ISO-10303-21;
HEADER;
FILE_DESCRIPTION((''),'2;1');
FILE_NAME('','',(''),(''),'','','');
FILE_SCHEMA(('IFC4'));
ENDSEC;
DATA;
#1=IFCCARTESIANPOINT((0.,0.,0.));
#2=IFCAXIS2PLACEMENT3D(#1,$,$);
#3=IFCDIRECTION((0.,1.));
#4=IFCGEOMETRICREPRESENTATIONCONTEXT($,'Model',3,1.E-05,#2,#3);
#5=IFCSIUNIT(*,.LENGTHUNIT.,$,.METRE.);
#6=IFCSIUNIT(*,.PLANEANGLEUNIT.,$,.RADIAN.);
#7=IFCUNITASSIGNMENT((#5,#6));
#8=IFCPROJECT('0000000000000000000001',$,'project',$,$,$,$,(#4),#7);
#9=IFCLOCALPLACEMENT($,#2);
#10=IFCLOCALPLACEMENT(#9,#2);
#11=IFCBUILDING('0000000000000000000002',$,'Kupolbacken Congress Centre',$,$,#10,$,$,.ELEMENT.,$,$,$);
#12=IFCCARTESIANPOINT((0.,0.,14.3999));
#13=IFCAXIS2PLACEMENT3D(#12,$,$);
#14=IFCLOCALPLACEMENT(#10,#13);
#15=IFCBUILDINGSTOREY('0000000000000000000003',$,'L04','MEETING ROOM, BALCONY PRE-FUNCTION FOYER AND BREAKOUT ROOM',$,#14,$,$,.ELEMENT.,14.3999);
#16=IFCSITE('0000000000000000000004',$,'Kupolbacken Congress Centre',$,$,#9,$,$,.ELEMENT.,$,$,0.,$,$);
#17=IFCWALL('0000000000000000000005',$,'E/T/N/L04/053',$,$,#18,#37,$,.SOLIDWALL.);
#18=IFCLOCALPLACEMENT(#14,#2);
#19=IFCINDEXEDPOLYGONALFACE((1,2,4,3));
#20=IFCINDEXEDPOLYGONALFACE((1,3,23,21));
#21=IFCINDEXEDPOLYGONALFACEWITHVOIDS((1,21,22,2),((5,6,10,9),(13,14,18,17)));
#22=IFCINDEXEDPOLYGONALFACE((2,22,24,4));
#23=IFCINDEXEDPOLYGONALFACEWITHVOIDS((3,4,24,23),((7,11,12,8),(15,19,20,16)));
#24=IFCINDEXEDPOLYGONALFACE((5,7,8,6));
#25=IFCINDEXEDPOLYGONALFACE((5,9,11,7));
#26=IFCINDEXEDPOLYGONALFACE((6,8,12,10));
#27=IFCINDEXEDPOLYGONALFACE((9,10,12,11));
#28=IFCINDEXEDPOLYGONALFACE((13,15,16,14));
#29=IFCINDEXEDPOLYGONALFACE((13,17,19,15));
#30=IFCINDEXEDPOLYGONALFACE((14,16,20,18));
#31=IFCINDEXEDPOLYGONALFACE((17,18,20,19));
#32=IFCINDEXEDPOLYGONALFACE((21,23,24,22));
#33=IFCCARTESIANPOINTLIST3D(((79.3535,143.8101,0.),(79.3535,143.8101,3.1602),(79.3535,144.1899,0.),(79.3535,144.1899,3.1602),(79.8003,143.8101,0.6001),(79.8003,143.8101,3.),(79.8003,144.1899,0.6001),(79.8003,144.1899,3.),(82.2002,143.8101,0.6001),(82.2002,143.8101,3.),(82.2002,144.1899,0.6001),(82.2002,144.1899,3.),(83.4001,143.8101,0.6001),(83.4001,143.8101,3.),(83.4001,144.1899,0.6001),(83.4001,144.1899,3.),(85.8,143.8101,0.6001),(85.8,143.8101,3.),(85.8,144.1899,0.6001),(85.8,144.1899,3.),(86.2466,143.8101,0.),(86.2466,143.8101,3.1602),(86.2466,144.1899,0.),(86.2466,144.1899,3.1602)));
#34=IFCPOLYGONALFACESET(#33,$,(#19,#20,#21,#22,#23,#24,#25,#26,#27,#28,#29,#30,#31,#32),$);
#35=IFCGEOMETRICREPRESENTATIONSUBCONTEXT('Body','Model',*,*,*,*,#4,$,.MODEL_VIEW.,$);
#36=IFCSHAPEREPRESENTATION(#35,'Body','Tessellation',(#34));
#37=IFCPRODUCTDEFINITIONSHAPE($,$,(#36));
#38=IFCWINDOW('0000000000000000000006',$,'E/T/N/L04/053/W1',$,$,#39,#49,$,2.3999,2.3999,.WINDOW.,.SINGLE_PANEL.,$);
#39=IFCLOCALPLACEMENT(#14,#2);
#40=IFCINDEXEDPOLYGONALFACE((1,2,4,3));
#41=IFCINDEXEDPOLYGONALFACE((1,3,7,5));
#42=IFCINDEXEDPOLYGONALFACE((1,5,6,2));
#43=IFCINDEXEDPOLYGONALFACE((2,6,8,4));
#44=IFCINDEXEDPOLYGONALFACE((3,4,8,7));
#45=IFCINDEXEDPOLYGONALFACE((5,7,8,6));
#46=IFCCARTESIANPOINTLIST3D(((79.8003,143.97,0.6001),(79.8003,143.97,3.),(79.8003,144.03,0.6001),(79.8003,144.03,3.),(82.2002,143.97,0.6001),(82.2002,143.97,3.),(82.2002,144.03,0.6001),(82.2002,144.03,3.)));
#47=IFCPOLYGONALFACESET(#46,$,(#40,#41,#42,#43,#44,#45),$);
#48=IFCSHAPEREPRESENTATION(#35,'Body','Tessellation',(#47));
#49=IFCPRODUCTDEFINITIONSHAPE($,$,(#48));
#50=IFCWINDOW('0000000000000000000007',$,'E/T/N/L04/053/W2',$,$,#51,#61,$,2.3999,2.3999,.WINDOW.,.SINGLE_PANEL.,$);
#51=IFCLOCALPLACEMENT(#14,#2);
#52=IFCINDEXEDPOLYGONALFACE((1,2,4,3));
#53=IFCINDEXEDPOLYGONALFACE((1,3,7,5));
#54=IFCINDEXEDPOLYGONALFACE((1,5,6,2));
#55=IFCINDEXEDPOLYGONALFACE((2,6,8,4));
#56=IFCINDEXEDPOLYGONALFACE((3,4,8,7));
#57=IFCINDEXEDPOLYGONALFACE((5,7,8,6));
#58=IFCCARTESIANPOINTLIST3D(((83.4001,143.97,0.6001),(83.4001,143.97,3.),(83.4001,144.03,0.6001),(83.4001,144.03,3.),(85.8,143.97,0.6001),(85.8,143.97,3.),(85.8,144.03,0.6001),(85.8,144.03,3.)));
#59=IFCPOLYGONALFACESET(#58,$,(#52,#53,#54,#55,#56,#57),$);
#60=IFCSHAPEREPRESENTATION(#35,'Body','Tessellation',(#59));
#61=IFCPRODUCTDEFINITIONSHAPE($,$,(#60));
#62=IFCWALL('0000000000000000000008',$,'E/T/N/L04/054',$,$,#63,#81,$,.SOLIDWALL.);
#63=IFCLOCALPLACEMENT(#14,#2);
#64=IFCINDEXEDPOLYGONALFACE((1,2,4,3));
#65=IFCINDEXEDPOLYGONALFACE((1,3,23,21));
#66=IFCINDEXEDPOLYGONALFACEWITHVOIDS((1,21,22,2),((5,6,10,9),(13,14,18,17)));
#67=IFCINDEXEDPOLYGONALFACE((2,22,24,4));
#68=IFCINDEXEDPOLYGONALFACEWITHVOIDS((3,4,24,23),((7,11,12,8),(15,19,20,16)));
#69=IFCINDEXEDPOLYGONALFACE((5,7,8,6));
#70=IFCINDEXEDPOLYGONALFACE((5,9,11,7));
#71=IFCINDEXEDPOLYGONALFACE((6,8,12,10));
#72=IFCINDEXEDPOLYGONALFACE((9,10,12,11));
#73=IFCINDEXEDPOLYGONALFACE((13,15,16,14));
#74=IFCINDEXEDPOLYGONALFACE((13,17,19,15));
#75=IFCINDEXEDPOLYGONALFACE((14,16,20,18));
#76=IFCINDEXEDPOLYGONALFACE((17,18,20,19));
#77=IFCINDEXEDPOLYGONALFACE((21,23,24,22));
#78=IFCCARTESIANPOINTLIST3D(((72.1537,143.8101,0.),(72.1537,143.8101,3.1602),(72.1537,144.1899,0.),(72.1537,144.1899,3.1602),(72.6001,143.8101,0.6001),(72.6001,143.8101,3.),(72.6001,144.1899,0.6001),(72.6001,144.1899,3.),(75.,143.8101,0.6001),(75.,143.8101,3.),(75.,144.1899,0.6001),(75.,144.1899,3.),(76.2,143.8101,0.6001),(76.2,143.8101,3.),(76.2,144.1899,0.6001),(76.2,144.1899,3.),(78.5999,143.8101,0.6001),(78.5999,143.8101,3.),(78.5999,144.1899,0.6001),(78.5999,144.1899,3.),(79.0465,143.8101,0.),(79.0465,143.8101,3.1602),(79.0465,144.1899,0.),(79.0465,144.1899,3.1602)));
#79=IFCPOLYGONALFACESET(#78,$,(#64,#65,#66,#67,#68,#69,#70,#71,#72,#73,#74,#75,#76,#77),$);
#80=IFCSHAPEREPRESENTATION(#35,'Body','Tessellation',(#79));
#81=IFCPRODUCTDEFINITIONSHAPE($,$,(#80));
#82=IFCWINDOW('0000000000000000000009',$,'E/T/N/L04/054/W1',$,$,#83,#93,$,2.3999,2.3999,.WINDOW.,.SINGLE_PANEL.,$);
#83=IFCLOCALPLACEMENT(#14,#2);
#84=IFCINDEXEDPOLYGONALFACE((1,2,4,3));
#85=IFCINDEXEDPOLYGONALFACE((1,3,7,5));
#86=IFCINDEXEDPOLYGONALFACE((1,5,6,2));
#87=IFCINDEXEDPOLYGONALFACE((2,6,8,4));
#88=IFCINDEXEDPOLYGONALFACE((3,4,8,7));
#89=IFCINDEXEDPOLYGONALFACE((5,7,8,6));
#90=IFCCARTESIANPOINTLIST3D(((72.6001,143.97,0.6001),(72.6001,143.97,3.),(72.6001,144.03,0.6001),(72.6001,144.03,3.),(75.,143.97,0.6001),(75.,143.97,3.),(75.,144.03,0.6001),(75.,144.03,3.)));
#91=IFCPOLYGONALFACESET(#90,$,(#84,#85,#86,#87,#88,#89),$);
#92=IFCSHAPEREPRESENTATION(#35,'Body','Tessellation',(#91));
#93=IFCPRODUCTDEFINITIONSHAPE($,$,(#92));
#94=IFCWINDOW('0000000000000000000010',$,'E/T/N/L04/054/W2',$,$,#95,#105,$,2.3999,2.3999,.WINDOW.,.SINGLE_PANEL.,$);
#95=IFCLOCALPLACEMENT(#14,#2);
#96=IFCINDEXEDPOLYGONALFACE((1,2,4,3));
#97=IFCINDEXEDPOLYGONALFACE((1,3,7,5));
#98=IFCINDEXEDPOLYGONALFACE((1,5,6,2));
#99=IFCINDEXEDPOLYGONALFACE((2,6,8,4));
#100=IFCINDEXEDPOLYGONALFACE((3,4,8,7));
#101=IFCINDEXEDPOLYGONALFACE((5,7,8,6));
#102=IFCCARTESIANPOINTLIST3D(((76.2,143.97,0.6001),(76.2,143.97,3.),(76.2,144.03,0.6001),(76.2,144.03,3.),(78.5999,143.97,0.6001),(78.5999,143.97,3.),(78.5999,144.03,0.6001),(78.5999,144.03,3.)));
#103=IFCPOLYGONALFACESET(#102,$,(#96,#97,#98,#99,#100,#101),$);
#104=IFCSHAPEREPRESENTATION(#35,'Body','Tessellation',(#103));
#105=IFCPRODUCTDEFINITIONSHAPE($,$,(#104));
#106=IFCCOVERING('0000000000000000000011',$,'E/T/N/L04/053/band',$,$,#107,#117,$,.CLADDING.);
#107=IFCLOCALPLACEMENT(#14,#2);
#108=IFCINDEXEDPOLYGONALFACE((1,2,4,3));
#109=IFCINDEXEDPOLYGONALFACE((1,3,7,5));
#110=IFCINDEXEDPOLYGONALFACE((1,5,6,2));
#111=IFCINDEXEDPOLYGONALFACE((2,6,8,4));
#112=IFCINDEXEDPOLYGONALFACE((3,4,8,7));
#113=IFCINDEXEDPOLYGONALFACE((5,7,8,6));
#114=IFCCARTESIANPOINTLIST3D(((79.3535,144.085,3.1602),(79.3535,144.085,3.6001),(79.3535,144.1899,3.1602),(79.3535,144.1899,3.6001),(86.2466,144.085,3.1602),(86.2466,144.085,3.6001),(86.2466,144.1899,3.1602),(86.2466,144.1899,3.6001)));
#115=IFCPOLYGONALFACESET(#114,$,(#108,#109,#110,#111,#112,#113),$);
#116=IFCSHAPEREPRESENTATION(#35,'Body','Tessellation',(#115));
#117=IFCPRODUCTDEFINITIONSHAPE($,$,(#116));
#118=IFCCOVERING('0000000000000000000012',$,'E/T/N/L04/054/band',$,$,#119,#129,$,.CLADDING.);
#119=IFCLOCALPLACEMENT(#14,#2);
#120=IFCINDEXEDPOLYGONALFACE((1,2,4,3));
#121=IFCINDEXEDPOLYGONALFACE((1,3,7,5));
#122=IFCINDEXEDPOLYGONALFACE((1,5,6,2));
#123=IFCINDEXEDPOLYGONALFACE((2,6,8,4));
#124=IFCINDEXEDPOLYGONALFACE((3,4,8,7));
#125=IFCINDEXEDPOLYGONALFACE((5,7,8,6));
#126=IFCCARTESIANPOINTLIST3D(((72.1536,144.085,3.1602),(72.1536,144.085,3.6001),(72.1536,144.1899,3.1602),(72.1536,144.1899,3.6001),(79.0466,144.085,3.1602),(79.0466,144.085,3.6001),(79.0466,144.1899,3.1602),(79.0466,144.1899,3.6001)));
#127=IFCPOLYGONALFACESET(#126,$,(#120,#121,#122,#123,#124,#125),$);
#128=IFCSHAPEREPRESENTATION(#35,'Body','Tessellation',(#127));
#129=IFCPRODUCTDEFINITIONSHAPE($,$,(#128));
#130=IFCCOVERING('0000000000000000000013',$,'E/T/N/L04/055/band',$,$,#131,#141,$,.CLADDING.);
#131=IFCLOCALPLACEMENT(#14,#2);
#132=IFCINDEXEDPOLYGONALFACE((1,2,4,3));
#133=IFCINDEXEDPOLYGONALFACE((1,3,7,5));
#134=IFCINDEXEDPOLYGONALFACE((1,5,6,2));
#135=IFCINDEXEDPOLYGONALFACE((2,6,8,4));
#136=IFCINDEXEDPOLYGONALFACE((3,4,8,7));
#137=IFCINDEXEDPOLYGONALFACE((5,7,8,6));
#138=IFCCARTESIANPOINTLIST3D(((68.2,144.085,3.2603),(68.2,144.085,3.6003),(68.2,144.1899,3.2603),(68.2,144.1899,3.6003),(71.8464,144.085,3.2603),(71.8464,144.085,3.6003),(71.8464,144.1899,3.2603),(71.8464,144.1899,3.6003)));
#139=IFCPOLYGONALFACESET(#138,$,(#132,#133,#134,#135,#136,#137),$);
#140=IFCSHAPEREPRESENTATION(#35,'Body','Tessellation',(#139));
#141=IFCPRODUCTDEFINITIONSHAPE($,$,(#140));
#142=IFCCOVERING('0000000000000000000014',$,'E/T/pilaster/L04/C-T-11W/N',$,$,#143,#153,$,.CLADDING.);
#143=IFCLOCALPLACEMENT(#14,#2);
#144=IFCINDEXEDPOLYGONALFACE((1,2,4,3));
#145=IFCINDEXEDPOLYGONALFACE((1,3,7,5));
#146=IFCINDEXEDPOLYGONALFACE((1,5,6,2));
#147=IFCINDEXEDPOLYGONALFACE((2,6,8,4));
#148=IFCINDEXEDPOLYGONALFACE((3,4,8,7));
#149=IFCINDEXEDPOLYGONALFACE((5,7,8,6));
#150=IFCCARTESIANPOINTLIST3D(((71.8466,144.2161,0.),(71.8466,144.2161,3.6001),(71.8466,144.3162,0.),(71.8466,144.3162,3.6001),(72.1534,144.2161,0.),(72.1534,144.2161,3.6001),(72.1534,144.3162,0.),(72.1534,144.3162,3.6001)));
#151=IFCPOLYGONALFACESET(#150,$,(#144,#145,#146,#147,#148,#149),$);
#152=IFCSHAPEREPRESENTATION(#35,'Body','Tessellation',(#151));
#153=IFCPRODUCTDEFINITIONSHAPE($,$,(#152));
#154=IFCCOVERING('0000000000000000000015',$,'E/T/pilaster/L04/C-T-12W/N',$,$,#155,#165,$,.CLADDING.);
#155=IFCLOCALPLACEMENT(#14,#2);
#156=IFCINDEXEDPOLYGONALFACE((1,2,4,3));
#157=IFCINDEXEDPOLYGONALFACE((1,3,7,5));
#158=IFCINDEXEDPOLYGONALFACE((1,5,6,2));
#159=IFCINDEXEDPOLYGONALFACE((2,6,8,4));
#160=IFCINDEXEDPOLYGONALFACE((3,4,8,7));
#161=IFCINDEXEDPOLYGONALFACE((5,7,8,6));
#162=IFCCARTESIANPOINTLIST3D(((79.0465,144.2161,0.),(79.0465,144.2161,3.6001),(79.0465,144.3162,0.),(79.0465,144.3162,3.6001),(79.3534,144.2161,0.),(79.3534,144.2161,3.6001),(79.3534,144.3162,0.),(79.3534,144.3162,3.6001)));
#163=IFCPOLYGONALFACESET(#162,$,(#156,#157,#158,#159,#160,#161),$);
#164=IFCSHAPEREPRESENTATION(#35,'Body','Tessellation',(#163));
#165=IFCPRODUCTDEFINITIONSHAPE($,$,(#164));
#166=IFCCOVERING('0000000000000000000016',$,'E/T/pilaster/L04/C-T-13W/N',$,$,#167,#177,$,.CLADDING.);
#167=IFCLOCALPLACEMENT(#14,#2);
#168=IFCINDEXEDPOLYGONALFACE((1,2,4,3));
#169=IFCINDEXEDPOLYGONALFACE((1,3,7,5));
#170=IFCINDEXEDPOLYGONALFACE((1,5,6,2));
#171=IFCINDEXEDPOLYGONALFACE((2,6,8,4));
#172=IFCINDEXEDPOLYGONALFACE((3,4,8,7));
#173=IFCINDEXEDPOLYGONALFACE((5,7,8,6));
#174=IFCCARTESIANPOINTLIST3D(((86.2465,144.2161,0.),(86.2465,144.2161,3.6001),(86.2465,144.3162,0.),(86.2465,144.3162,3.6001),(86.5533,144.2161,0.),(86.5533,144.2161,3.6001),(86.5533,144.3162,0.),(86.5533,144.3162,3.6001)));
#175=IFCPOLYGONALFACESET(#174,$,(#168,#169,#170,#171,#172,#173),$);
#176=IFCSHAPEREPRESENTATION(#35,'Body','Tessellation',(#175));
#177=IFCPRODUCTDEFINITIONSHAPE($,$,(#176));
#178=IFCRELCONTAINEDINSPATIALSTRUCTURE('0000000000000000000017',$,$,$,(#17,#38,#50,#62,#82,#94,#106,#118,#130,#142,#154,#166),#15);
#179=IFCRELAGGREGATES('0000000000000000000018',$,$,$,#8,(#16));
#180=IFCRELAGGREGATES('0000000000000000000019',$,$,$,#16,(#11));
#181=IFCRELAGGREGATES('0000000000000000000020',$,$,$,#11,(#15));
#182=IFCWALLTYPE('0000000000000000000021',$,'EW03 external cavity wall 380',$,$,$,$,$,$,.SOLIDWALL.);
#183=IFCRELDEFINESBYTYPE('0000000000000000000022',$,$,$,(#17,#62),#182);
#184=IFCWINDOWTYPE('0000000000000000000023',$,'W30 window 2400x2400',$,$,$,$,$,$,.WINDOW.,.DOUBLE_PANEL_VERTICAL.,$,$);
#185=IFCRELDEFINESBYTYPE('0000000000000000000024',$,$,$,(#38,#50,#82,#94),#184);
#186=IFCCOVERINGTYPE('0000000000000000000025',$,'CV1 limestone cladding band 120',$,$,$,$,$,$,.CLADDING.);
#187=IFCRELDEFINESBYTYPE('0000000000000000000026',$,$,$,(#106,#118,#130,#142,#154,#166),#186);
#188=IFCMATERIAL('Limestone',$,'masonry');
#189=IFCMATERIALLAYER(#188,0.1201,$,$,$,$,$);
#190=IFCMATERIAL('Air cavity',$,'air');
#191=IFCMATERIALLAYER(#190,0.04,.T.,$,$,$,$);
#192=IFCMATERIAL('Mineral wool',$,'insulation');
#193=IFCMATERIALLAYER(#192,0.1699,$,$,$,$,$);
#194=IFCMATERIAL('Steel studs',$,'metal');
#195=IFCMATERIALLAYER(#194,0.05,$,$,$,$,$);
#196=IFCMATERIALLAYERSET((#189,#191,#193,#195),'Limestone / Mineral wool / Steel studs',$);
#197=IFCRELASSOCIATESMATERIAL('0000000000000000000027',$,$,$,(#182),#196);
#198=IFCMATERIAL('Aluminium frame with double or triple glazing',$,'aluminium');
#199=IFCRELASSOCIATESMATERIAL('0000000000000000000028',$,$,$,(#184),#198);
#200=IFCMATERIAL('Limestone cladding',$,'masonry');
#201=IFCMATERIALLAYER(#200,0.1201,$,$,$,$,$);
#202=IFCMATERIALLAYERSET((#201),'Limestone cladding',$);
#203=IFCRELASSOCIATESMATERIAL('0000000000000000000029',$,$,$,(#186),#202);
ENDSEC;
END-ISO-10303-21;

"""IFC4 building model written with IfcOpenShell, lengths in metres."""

from ifc_helpers import new_model, si_unit, direction, frame, frame_2d, origin, origin_2d, place, context, subcontext, project, spatial, rectangle, extrude, material, layer, layer_set, type_object, element, fill, save


model = new_model("IFC4")

# Units and contexts
model_context = context("Model", 3, precision=1e-05, world=origin(), true_north=direction((0.0, 1.0)))
body_context = subcontext(model_context, "Body", "Model", "MODEL_VIEW")
ifc_project = project(units=[si_unit("LENGTHUNIT", "METRE"), si_unit("PLANEANGLEUNIT", "RADIAN")], contexts=[model_context])

# Site, building, storey
site_placement = place(None, origin())
site = spatial("IfcSite", under=ifc_project, at=site_placement, Name="Kupolbacken Congress Centre", CompositionType="ELEMENT", RefElevation=0.0)
building_placement = place(site_placement, origin())
building = spatial("IfcBuilding", under=site, at=building_placement, Name="Kupolbacken Congress Centre", CompositionType="ELEMENT")
storey_placement = place(building_placement, frame((0.0, 0.0, 14.3999)))
storey = spatial("IfcBuildingStorey", under=building, at=storey_placement, Name="L04", Description="MEETING ROOM, BALCONY PRE-FUNCTION FOYER AND BREAKOUT ROOM", CompositionType="ELEMENT", Elevation=14.3999)

# Walls, openings, windows
ifc_material_1 = material(Name="Limestone", Category="masonry")
ifc_layer_1 = layer(ifc_material_1, 0.1201)
ifc_material_2 = material(Name="Air cavity", Category="air")
ifc_layer_2 = layer(ifc_material_2, 0.04, ventilated=True)
ifc_material_3 = material(Name="Mineral wool", Category="insulation")
ifc_layer_3 = layer(ifc_material_3, 0.1699)
ifc_material_4 = material(Name="Steel studs", Category="metal")
ifc_layer_4 = layer(ifc_material_4, 0.05)
ifc_layer_set_1 = layer_set([ifc_layer_1, ifc_layer_2, ifc_layer_3, ifc_layer_4], Name="Limestone / Mineral wool / Steel studs")
wall_type = type_object("IfcWallType", Name="EW03 external cavity wall 380", PredefinedType="SOLIDWALL", material=ifc_layer_set_1)
wall_1_placement = place(storey_placement, frame((86.2466, 144.0, 0.0), z_axis=(0.0, 0.0, 1.0), x_axis=(-1.0, 0.0, 0.0)))
wall_1 = element("IfcWall", 1, at=wall_1_placement, inside=storey, type_object=wall_type, Name="E/T/N/L04/053", PredefinedType="SOLIDWALL", context=body_context, shape_type="SweptSolid", body=[
    extrude(rectangle(XDim=6.8931, YDim=0.3799, at=frame_2d((3.4465, 0.0))), origin(), (0.0, 0.0, 1.0), 3.1602),
])
opening_1_placement = place(wall_1_placement, frame((4.0464, 0.0, 0.6001)))
opening_1 = element("IfcOpeningElement", 2, at=opening_1_placement, cuts=wall_1, PredefinedType="OPENING", context=body_context, shape_type="SweptSolid", body=[
    extrude(rectangle(XDim=2.3999, YDim=2.3999, at=frame_2d((1.2, 1.2))), frame((0.0, 0.2, 0.0), z_axis=(0.0, -1.0, 0.0), x_axis=(1.0, 0.0, 0.0)), (0.0, 0.0, 1.0), 0.3999),
])
opening_2_placement = place(wall_1_placement, frame((0.4465, 0.0, 0.6001)))
opening_2 = element("IfcOpeningElement", 3, at=opening_2_placement, cuts=wall_1, PredefinedType="OPENING", context=body_context, shape_type="SweptSolid", body=[
    extrude(rectangle(XDim=2.3999, YDim=2.3999, at=frame_2d((1.2, 1.2))), frame((0.0, 0.2, 0.0), z_axis=(0.0, -1.0, 0.0), x_axis=(1.0, 0.0, 0.0)), (0.0, 0.0, 1.0), 0.3999),
])
ifc_material_5 = material(Name="Aluminium frame with double or triple glazing", Category="aluminium")
window_type = type_object("IfcWindowType", Name="W30 window 2400x2400", PartitioningType="DOUBLE_PANEL_VERTICAL", PredefinedType="WINDOW", material=ifc_material_5)
window_1_placement = place(opening_1_placement, origin())
window_1 = element("IfcWindow", 4, at=window_1_placement, inside=storey, type_object=window_type, Name="E/T/N/L04/053/W1", OverallHeight=2.3999, OverallWidth=2.3999, PartitioningType="SINGLE_PANEL", PredefinedType="WINDOW", context=body_context, shape_type="SweptSolid", body=[
    extrude(rectangle(XDim=2.3999, YDim=2.3999, at=frame_2d((1.2, 1.2))), frame((0.0, 0.03, 0.0), z_axis=(0.0, -1.0, 0.0), x_axis=(1.0, 0.0, 0.0)), (0.0, 0.0, 1.0), 0.0601),
])
fill(opening_1, window_1)
window_2_placement = place(opening_2_placement, origin())
window_2 = element("IfcWindow", 5, at=window_2_placement, inside=storey, type_object=window_type, Name="E/T/N/L04/053/W2", OverallHeight=2.3999, OverallWidth=2.3999, PartitioningType="SINGLE_PANEL", PredefinedType="WINDOW", context=body_context, shape_type="SweptSolid", body=[
    extrude(rectangle(XDim=2.3999, YDim=2.3999, at=frame_2d((1.2, 1.2))), frame((0.0, 0.03, 0.0), z_axis=(0.0, -1.0, 0.0), x_axis=(1.0, 0.0, 0.0)), (0.0, 0.0, 1.0), 0.0601),
])
fill(opening_2, window_2)
wall_2_placement = place(storey_placement, frame((79.0464, 144.0, 0.0), z_axis=(0.0, 0.0, 1.0), x_axis=(-1.0, 0.0, 0.0)))
wall_2 = element("IfcWall", 6, at=wall_2_placement, inside=storey, type_object=wall_type, Name="E/T/N/L04/054", PredefinedType="SOLIDWALL", context=body_context, shape_type="SweptSolid", body=[
    extrude(rectangle(XDim=6.8928, YDim=0.3799, at=frame_2d((3.4463, 0.0))), origin(), (0.0, 0.0, 1.0), 3.1602),
])
opening_3_placement = place(wall_2_placement, frame((4.0464, 0.0, 0.6001)))
opening_3 = element("IfcOpeningElement", 7, at=opening_3_placement, cuts=wall_2, PredefinedType="OPENING", context=body_context, shape_type="SweptSolid", body=[
    extrude(rectangle(XDim=2.3999, YDim=2.3999, at=frame_2d((1.2, 1.2))), frame((0.0, 0.2, 0.0), z_axis=(0.0, -1.0, 0.0), x_axis=(1.0, 0.0, 0.0)), (0.0, 0.0, 1.0), 0.3999),
])
opening_4_placement = place(wall_2_placement, frame((0.4465, 0.0, 0.6001)))
opening_4 = element("IfcOpeningElement", 8, at=opening_4_placement, cuts=wall_2, PredefinedType="OPENING", context=body_context, shape_type="SweptSolid", body=[
    extrude(rectangle(XDim=2.3999, YDim=2.3999, at=frame_2d((1.2, 1.2))), frame((0.0, 0.2, 0.0), z_axis=(0.0, -1.0, 0.0), x_axis=(1.0, 0.0, 0.0)), (0.0, 0.0, 1.0), 0.3999),
])
window_3_placement = place(opening_3_placement, origin())
window_3 = element("IfcWindow", 9, at=window_3_placement, inside=storey, type_object=window_type, Name="E/T/N/L04/054/W1", OverallHeight=2.3999, OverallWidth=2.3999, PartitioningType="SINGLE_PANEL", PredefinedType="WINDOW", context=body_context, shape_type="SweptSolid", body=[
    extrude(rectangle(XDim=2.3999, YDim=2.3999, at=frame_2d((1.2, 1.2))), frame((0.0, 0.03, 0.0), z_axis=(0.0, -1.0, 0.0), x_axis=(1.0, 0.0, 0.0)), (0.0, 0.0, 1.0), 0.0601),
])
fill(opening_3, window_3)
window_4_placement = place(opening_4_placement, origin())
window_4 = element("IfcWindow", 10, at=window_4_placement, inside=storey, type_object=window_type, Name="E/T/N/L04/054/W2", OverallHeight=2.3999, OverallWidth=2.3999, PartitioningType="SINGLE_PANEL", PredefinedType="WINDOW", context=body_context, shape_type="SweptSolid", body=[
    extrude(rectangle(XDim=2.3999, YDim=2.3999, at=frame_2d((1.2, 1.2))), frame((0.0, 0.03, 0.0), z_axis=(0.0, -1.0, 0.0), x_axis=(1.0, 0.0, 0.0)), (0.0, 0.0, 1.0), 0.0601),
])
fill(opening_4, window_4)

# Coverings
ifc_material_6 = material(Name="Limestone cladding", Category="masonry")
ifc_layer_5 = layer(ifc_material_6, 0.1201)
ifc_layer_set_2 = layer_set([ifc_layer_5], Name="Limestone cladding")
covering_type_1 = type_object("IfcCoveringType", Name="CV1 limestone cladding band 120", PredefinedType="CLADDING", material=ifc_layer_set_2)
for number, where, z_axis, x_axis, name in (
    (11, (82.8, 144.1375, 3.1602), (0.0, 0.0, 1.0), (-1.0, 0.0, 0.0), "E/T/N/L04/053/band"),
    (12, (75.6001, 144.1375, 3.1602), (0.0, 0.0, 1.0), (-1.0, 0.0, 0.0), "E/T/N/L04/054/band"),
):
    element("IfcCovering", number, at=place(storey_placement, frame(where, z_axis=z_axis, x_axis=x_axis)), inside=storey, type_object=covering_type_1, Name=name, PredefinedType="CLADDING", context=body_context, shape_type="SweptSolid", body=[
        extrude(rectangle(XDim=6.8931, YDim=0.105, at=origin_2d()), origin(), (0.0, 0.0, 1.0), 0.4399),
    ])
covering_placement = place(storey_placement, frame((70.0232, 144.1375, 3.2603), z_axis=(0.0, 0.0, 1.0), x_axis=(-1.0, 0.0, 0.0)))
element("IfcCovering", 13, at=covering_placement, inside=storey, type_object=covering_type_1, Name="E/T/N/L04/055/band", PredefinedType="CLADDING", context=body_context, shape_type="SweptSolid", body=[
    extrude(rectangle(XDim=3.6465, YDim=0.105, at=origin_2d()), origin(), (0.0, 0.0, 1.0), 0.3401),
])
for number, where, z_axis, x_axis, name in (
    (14, (72.0, 144.2661, 0.0), (0.0, 0.0, 1.0), (1.0, 0.0, 0.0), "E/T/pilaster/L04/C-T-11W/N"),
    (15, (79.2, 144.2661, 0.0), (0.0, 0.0, 1.0), (1.0, 0.0, 0.0), "E/T/pilaster/L04/C-T-12W/N"),
    (16, (86.3999, 144.2661, 0.0), (0.0, 0.0, 1.0), (1.0, 0.0, 0.0), "E/T/pilaster/L04/C-T-13W/N"),
):
    element("IfcCovering", number, at=place(storey_placement, frame(where, z_axis=z_axis, x_axis=x_axis)), inside=storey, type_object=covering_type_1, Name=name, PredefinedType="CLADDING", context=body_context, shape_type="SweptSolid", body=[
        extrude(rectangle(XDim=0.3069, YDim=0.1001, at=origin_2d()), origin(), (0.0, 0.0, 1.0), 3.6001),
    ])

save(model, "model.ifc")
